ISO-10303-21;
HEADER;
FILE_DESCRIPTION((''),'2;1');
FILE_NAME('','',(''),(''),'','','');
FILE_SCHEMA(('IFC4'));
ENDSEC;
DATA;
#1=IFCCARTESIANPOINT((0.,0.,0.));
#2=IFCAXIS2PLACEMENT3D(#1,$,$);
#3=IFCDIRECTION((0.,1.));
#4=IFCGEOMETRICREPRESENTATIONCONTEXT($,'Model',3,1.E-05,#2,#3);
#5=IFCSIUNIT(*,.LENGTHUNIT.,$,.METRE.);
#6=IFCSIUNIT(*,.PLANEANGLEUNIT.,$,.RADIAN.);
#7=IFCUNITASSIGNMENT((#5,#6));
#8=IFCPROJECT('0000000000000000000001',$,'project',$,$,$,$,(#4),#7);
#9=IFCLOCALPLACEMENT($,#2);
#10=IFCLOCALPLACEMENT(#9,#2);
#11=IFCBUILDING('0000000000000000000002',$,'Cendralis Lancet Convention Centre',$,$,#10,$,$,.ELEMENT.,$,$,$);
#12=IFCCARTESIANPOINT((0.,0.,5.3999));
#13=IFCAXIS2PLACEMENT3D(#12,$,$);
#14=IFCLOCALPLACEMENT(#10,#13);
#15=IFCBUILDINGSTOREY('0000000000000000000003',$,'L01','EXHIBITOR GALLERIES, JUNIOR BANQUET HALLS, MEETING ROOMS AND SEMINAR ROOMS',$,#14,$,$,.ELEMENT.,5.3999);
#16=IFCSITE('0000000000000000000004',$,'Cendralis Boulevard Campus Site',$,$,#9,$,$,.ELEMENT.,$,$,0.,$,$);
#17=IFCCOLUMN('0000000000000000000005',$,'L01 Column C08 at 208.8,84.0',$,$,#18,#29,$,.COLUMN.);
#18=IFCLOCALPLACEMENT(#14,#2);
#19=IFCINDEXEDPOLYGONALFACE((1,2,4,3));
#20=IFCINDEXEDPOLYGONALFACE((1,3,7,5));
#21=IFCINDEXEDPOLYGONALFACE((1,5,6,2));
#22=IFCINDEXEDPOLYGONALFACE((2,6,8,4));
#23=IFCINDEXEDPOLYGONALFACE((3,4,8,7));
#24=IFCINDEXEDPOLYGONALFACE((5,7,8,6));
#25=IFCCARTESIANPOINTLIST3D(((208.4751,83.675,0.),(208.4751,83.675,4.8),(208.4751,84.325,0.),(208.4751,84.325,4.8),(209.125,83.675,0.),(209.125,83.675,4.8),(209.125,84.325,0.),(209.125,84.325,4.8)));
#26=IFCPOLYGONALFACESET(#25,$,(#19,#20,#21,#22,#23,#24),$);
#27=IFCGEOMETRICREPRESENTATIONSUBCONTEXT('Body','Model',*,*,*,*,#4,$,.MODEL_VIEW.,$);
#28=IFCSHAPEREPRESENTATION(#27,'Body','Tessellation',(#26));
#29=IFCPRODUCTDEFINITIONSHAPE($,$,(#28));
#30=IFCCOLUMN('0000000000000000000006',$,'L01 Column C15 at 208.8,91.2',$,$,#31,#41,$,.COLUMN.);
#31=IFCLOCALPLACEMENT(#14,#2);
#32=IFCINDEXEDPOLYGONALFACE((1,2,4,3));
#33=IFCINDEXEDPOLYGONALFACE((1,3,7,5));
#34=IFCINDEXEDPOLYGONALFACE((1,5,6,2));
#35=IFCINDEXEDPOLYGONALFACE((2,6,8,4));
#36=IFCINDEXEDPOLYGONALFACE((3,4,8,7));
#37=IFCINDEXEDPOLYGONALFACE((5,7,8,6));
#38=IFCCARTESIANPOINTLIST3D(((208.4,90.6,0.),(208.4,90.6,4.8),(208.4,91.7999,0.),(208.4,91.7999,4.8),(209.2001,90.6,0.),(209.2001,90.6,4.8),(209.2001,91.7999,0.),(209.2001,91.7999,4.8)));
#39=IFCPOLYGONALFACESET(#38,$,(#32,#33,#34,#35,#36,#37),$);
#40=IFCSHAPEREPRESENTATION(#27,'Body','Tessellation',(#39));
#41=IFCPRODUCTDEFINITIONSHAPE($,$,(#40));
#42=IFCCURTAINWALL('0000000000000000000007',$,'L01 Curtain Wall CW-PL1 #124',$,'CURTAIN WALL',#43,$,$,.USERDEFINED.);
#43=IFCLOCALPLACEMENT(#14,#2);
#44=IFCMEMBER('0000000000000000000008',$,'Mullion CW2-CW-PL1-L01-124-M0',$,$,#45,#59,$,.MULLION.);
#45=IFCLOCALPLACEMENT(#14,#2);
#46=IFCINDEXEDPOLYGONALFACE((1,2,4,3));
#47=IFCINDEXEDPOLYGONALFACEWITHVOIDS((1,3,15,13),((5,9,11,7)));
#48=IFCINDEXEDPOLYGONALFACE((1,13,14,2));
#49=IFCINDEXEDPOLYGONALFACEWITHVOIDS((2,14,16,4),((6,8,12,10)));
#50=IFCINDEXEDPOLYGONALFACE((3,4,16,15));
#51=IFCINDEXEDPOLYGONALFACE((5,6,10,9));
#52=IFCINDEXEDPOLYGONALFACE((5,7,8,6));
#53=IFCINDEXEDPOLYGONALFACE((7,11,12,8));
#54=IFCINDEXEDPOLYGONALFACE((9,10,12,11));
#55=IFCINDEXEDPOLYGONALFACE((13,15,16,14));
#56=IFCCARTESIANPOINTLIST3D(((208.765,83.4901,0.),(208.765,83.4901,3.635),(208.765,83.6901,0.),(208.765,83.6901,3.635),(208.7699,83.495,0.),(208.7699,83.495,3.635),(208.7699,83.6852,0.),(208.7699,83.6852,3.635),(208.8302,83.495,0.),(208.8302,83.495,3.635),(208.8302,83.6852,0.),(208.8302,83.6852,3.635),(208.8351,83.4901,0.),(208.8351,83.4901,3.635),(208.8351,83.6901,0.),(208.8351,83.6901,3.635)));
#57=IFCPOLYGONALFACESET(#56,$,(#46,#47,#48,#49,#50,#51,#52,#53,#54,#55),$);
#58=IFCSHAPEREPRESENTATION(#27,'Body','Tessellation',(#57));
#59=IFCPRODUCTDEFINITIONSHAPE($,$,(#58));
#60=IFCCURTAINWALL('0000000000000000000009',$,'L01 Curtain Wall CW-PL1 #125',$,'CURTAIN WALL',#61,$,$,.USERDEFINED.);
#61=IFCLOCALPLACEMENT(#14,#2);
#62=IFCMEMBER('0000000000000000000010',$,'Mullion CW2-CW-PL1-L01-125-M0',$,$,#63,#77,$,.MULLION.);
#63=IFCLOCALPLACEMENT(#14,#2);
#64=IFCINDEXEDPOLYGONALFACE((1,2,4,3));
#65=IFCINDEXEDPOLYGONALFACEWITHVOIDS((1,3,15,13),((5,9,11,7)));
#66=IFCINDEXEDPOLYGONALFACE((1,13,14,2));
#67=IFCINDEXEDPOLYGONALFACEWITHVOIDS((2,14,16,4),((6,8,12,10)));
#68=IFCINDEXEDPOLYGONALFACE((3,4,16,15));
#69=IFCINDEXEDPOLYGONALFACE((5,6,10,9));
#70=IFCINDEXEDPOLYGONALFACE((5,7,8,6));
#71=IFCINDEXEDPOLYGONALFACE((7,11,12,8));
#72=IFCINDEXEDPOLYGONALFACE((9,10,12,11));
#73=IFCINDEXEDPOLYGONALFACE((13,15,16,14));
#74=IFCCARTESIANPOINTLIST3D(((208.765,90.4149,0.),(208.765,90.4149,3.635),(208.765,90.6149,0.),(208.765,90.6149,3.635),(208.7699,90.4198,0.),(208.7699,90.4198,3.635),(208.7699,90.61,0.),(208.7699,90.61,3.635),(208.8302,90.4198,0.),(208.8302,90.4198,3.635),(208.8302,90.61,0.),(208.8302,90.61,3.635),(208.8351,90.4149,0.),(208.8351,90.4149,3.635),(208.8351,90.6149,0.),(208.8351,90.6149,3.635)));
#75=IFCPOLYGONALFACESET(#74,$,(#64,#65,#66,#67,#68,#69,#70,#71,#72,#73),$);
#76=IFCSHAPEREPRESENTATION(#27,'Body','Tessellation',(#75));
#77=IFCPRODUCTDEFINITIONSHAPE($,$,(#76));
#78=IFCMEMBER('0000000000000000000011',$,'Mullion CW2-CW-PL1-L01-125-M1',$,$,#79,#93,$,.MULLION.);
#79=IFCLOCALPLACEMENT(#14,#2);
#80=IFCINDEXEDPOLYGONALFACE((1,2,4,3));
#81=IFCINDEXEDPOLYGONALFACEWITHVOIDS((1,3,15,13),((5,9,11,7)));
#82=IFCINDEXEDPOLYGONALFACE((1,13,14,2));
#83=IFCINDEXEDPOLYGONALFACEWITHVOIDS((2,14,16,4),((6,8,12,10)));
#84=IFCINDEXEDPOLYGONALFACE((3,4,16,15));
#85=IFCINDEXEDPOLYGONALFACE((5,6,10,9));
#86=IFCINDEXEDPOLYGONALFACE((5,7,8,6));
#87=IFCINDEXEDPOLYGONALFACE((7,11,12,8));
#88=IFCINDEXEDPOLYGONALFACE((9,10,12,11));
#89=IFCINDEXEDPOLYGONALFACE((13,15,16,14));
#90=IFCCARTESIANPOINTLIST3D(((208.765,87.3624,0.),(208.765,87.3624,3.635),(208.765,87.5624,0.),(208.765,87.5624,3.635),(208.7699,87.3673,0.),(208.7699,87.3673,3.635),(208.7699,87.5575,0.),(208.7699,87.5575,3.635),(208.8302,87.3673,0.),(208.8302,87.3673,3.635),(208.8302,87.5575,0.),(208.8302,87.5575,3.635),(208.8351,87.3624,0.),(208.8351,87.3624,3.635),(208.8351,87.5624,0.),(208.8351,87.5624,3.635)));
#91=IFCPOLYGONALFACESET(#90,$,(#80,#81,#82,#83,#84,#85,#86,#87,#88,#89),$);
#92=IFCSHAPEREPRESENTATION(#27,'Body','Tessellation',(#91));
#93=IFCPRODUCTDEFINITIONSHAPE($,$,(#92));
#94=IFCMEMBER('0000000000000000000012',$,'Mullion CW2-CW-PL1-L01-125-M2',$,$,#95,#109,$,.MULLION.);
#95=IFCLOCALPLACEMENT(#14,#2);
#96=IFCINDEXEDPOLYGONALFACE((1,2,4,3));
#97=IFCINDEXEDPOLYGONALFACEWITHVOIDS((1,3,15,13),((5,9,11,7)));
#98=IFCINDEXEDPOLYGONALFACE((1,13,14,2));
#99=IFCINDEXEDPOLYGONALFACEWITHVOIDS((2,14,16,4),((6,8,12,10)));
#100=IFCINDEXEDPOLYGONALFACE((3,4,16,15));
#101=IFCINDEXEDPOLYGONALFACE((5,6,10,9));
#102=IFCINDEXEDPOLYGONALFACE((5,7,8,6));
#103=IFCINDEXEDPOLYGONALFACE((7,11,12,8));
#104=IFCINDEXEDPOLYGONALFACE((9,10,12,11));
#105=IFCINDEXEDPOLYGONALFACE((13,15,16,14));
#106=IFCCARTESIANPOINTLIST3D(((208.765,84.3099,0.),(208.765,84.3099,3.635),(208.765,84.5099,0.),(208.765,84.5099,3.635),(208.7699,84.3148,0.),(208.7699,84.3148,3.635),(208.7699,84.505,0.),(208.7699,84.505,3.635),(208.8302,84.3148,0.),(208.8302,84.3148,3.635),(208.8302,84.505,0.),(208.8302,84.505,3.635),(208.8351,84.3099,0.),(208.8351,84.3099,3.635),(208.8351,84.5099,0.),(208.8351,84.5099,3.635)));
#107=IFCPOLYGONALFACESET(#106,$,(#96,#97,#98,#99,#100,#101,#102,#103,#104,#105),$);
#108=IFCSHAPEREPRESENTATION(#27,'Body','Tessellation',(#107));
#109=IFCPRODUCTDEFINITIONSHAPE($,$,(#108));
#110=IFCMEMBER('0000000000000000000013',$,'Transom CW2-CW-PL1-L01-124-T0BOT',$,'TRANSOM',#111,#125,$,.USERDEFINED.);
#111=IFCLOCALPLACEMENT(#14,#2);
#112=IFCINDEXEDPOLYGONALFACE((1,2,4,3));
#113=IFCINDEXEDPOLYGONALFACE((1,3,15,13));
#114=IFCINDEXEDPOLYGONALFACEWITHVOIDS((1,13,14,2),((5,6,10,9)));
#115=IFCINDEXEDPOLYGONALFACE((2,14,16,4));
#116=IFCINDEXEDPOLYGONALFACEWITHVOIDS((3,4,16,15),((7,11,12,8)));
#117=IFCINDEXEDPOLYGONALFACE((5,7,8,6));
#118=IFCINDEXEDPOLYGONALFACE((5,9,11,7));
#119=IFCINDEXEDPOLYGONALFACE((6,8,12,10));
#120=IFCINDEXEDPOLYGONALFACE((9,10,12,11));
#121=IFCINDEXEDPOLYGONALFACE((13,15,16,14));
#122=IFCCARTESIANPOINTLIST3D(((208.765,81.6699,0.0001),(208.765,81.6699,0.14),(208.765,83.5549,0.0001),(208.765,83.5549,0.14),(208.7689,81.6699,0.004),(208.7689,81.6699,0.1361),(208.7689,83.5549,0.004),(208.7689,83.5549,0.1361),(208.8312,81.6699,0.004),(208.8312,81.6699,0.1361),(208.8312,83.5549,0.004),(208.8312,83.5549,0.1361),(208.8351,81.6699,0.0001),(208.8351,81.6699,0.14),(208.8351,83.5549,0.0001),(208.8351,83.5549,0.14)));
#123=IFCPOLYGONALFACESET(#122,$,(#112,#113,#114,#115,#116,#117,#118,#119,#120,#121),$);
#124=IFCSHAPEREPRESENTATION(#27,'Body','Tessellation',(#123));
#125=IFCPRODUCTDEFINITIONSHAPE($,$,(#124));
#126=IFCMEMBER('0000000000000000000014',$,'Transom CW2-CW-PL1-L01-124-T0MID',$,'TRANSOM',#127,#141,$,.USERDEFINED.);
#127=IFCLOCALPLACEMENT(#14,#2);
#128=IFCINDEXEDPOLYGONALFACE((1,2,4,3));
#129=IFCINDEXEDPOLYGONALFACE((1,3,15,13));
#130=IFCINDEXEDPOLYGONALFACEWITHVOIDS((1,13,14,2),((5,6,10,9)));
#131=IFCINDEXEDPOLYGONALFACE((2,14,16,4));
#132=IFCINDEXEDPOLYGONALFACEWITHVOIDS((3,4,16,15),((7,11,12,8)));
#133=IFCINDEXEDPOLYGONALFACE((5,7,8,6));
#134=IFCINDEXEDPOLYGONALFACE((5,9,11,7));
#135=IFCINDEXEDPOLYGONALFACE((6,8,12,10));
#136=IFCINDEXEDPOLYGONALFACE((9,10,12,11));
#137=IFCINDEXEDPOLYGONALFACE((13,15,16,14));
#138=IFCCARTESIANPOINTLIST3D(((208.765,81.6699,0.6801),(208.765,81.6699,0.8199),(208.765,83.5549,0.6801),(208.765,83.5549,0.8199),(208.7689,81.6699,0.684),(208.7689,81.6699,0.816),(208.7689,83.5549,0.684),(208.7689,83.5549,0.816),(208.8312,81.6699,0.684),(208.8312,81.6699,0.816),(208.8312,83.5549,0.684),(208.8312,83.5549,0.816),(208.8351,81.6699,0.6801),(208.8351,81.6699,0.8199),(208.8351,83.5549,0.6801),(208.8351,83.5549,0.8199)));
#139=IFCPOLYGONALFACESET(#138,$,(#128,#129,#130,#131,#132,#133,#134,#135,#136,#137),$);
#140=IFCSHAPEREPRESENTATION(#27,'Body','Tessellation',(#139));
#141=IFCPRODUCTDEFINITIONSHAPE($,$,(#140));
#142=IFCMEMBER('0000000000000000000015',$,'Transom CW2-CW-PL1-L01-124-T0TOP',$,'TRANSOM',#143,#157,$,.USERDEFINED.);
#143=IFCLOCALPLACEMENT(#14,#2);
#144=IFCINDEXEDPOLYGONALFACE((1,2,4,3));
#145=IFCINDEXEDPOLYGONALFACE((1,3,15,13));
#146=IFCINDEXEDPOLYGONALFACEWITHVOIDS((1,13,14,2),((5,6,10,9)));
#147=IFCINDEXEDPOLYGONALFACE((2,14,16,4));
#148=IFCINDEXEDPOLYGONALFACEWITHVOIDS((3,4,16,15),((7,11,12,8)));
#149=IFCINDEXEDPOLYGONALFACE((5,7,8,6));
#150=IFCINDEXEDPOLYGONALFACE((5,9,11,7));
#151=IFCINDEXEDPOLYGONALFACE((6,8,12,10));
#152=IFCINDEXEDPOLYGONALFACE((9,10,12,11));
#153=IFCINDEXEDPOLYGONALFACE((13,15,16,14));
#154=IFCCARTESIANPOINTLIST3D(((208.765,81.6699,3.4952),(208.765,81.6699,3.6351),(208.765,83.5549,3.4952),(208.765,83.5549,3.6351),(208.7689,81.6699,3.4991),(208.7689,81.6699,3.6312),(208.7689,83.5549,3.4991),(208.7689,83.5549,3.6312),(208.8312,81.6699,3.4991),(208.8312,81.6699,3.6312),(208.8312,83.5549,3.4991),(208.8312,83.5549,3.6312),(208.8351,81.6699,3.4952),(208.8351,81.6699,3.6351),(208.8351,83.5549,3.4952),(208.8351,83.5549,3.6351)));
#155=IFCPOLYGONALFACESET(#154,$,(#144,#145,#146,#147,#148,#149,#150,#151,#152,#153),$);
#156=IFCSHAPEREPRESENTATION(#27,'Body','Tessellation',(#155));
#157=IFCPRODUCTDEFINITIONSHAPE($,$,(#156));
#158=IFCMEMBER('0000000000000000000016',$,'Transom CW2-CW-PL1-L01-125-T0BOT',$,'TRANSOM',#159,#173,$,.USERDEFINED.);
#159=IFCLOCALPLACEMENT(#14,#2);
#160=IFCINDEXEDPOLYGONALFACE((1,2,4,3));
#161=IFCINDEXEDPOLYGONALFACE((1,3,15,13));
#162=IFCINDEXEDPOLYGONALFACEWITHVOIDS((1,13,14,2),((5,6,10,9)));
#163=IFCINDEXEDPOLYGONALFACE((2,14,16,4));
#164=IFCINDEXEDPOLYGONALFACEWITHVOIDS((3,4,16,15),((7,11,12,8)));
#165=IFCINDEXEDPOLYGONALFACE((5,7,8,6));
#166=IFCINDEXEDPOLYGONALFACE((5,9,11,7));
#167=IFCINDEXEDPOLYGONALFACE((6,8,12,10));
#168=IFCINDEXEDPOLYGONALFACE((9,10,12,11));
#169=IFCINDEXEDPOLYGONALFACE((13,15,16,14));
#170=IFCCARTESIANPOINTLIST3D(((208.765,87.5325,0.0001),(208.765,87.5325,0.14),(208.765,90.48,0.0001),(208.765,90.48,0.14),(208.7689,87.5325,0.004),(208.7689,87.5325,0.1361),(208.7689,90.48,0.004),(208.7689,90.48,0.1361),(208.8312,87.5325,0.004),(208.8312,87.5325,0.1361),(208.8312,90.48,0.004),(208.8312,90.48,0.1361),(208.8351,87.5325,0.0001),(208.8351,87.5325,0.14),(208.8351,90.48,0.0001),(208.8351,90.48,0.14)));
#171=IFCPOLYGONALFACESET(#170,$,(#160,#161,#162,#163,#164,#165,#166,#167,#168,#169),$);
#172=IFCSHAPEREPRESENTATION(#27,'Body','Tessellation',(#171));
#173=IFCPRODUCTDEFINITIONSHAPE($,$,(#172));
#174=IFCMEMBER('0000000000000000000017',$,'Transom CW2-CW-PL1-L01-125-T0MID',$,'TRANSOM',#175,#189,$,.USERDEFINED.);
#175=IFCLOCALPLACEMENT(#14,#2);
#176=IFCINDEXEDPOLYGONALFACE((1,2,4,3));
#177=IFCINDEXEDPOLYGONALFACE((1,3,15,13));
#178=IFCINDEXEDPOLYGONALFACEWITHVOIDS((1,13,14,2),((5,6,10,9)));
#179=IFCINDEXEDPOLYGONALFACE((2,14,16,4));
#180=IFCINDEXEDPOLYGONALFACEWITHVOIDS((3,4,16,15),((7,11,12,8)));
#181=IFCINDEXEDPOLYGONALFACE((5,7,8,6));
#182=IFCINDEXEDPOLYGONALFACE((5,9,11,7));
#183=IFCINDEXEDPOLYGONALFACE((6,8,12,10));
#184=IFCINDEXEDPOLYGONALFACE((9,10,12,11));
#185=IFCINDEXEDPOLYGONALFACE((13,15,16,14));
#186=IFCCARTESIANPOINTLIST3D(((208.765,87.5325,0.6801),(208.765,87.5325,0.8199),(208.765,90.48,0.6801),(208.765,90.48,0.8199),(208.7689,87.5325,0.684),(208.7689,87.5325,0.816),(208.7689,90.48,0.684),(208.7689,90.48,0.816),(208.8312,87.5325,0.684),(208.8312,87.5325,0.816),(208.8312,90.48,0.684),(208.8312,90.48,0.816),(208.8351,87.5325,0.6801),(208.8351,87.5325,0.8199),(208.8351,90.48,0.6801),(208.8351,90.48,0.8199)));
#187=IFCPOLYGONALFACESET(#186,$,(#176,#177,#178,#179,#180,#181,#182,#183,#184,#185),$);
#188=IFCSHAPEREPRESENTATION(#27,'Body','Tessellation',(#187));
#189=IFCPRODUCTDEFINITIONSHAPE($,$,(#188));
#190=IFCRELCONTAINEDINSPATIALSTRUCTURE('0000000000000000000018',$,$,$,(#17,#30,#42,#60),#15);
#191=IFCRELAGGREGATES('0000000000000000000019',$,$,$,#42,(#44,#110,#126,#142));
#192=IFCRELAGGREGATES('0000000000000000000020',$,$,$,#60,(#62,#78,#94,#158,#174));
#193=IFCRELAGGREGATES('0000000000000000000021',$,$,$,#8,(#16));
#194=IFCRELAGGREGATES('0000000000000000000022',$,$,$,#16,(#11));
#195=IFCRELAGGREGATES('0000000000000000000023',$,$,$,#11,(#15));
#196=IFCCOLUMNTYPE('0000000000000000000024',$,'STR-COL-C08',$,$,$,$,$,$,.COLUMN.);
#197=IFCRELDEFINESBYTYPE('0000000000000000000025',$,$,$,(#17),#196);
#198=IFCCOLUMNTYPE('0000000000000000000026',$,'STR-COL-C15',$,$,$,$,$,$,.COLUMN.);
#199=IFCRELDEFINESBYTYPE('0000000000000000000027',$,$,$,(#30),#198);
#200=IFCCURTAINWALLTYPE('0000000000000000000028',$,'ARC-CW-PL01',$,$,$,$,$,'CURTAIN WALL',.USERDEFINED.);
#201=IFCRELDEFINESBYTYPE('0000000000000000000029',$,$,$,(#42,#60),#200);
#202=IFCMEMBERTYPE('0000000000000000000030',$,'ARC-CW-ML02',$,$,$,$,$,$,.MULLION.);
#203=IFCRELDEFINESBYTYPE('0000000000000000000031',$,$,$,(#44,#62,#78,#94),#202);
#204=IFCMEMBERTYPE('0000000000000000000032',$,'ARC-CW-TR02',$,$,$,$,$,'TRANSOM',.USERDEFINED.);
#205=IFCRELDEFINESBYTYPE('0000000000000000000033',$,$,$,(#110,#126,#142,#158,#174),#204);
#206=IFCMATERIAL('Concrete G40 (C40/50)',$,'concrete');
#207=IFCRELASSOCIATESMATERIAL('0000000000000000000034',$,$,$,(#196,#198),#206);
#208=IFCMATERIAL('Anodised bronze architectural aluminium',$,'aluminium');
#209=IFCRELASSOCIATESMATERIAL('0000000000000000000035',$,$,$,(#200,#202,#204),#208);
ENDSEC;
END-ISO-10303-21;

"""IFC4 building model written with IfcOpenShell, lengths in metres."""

from ifc_helpers import new_model, si_unit, direction, frame, origin, origin_2d, place, context, subcontext, project, spatial, rectangle, hollow_rectangle, extrude, material, material_profile, profile_set, type_object, element, aggregate, save


model = new_model("IFC4")

# Units and contexts
model_context = context("Model", 3, precision=1e-05, world=origin(), true_north=direction((0.0, 1.0)))
body_context = subcontext(model_context, "Body", "Model", "MODEL_VIEW")
ifc_project = project(units=[si_unit("LENGTHUNIT", "METRE"), si_unit("PLANEANGLEUNIT", "RADIAN")], contexts=[model_context])

# Site, building, storey
site_placement = place(None, origin())
site = spatial("IfcSite", under=ifc_project, at=site_placement, Name="Cendralis Boulevard Campus Site", CompositionType="ELEMENT", RefElevation=0.0)
building_placement = place(site_placement, origin())
building = spatial("IfcBuilding", under=site, at=building_placement, Name="Cendralis Lancet Convention Centre", CompositionType="ELEMENT")
storey_placement = place(building_placement, frame((0.0, 0.0, 5.3999)))
storey = spatial("IfcBuildingStorey", under=building, at=storey_placement, Name="L01", Description="EXHIBITOR GALLERIES, JUNIOR BANQUET HALLS, MEETING ROOMS AND SEMINAR ROOMS", CompositionType="ELEMENT", Elevation=5.3999)

# Columns
ifc_material_1 = material(Name="Concrete G40 (C40/50)", Category="concrete")
ifc_material_profile_1 = material_profile(ifc_material_1, rectangle(XDim=0.6499, YDim=0.6499, at=origin_2d()), Name="RC 650x650")
ifc_profile_set_1 = profile_set([ifc_material_profile_1], Name="Concrete G40 (C40/50)")
column_type_1 = type_object("IfcColumnType", Name="STR-COL-C08", PredefinedType="COLUMN", material=ifc_profile_set_1)
column_1_placement = place(storey_placement, frame((208.8, 84.0, 0.0), z_axis=(0.0, 0.0, 1.0), x_axis=(1.0, 0.0, 0.0)))
element("IfcColumn", 1, at=column_1_placement, inside=storey, type_object=column_type_1, Name="L01 Column C08 at 208.8,84.0", PredefinedType="COLUMN", context=body_context, shape_type="SweptSolid", body=[
    extrude(rectangle(XDim=0.6499, YDim=0.6499, at=origin_2d()), origin(), (0.0, 0.0, 1.0), 4.8),
])
ifc_material_profile_2 = material_profile(ifc_material_1, rectangle(XDim=0.8, YDim=1.2, at=origin_2d()), Name="RC 800x1200")
ifc_profile_set_2 = profile_set([ifc_material_profile_2], Name="Concrete G40 (C40/50)")
column_type_2 = type_object("IfcColumnType", Name="STR-COL-C15", PredefinedType="COLUMN", material=ifc_profile_set_2)
column_2_placement = place(storey_placement, frame((208.8, 91.2, 0.0), z_axis=(0.0, 0.0, 1.0), x_axis=(1.0, 0.0, 0.0)))
element("IfcColumn", 2, at=column_2_placement, inside=storey, type_object=column_type_2, Name="L01 Column C15 at 208.8,91.2", PredefinedType="COLUMN", context=body_context, shape_type="SweptSolid", body=[
    extrude(rectangle(XDim=0.8, YDim=1.2, at=origin_2d()), origin(), (0.0, 0.0, 1.0), 4.8),
])

# Curtain wall, member
ifc_material_2 = material(Name="Anodised bronze architectural aluminium", Category="aluminium")
curtain_wall_type = type_object("IfcCurtainWallType", Name="ARC-CW-PL01", ElementType="CURTAIN WALL", PredefinedType="USERDEFINED", material=ifc_material_2)
curtain_wall_1_placement = place(storey_placement, origin())
curtain_wall_1 = element("IfcCurtainWall", 3, at=curtain_wall_1_placement, inside=storey, type_object=curtain_wall_type, Name="L01 Curtain Wall CW-PL1 #124", ObjectType="CURTAIN WALL", PredefinedType="USERDEFINED")
ifc_material_profile_3 = material_profile(ifc_material_2, hollow_rectangle(XDim=0.0701, YDim=0.2, WallThickness=0.0049, at=origin_2d()), Name="AL-MULL 70x200x5.0")
ifc_profile_set_3 = profile_set([ifc_material_profile_3], Name="Anodised bronze architectural aluminium")
member_type_1 = type_object("IfcMemberType", Name="ARC-CW-ML02", PredefinedType="MULLION", material=ifc_profile_set_3)
member_1_placement = place(storey_placement, frame((208.8, 83.5901, 0.0), z_axis=(0.0, 0.0, 1.0), x_axis=(1.0, 0.0, 0.0)))
member_1 = element("IfcMember", 4, at=member_1_placement, type_object=member_type_1, Name="Mullion CW2-CW-PL1-L01-124-M0", PredefinedType="MULLION", context=body_context, shape_type="SweptSolid", body=[
    extrude(hollow_rectangle(XDim=0.0701, YDim=0.2, WallThickness=0.0049, at=origin_2d()), origin(), (0.0, 0.0, 1.0), 3.635),
])

# Curtain wall, members
curtain_wall_2_placement = place(storey_placement, origin())
curtain_wall_2 = element("IfcCurtainWall", 5, at=curtain_wall_2_placement, inside=storey, type_object=curtain_wall_type, Name="L01 Curtain Wall CW-PL1 #125", ObjectType="CURTAIN WALL", PredefinedType="USERDEFINED")
member_2_placement = place(storey_placement, frame((208.8, 90.5149, 0.0), z_axis=(0.0, 0.0, 1.0), x_axis=(1.0, 0.0, 0.0)))
member_2 = element("IfcMember", 6, at=member_2_placement, type_object=member_type_1, Name="Mullion CW2-CW-PL1-L01-125-M0", PredefinedType="MULLION", context=body_context, shape_type="SweptSolid", body=[
    extrude(hollow_rectangle(XDim=0.0701, YDim=0.2, WallThickness=0.0049, at=origin_2d()), origin(), (0.0, 0.0, 1.0), 3.635),
])
member_3_placement = place(storey_placement, frame((208.8, 87.4624, 0.0), z_axis=(0.0, 0.0, 1.0), x_axis=(1.0, 0.0, 0.0)))
member_3 = element("IfcMember", 7, at=member_3_placement, type_object=member_type_1, Name="Mullion CW2-CW-PL1-L01-125-M1", PredefinedType="MULLION", context=body_context, shape_type="SweptSolid", body=[
    extrude(hollow_rectangle(XDim=0.0701, YDim=0.2, WallThickness=0.0049, at=origin_2d()), origin(), (0.0, 0.0, 1.0), 3.635),
])
member_4_placement = place(storey_placement, frame((208.8, 84.4099, 0.0), z_axis=(0.0, 0.0, 1.0), x_axis=(1.0, 0.0, 0.0)))
member_4 = element("IfcMember", 8, at=member_4_placement, type_object=member_type_1, Name="Mullion CW2-CW-PL1-L01-125-M2", PredefinedType="MULLION", context=body_context, shape_type="SweptSolid", body=[
    extrude(hollow_rectangle(XDim=0.0701, YDim=0.2, WallThickness=0.0049, at=origin_2d()), origin(), (0.0, 0.0, 1.0), 3.635),
])

# Members
ifc_material_profile_4 = material_profile(ifc_material_2, hollow_rectangle(XDim=0.0701, YDim=0.1399, WallThickness=0.0039, at=origin_2d()), Name="AL-TRAN 70x140x4.0")
ifc_profile_set_4 = profile_set([ifc_material_profile_4], Name="Anodised bronze architectural aluminium")
member_type_2 = type_object("IfcMemberType", Name="ARC-CW-TR02", ElementType="TRANSOM", PredefinedType="USERDEFINED", material=ifc_profile_set_4)
member_5_placement = place(storey_placement, frame((208.8, 83.5549, 0.0701), z_axis=(0.0, -1.0, 0.0), x_axis=(1.0, 0.0, 0.0)))
member_5 = element("IfcMember", 9, at=member_5_placement, type_object=member_type_2, Name="Transom CW2-CW-PL1-L01-124-T0BOT", ObjectType="TRANSOM", PredefinedType="USERDEFINED", context=body_context, shape_type="SweptSolid", body=[
    extrude(hollow_rectangle(XDim=0.0701, YDim=0.1399, WallThickness=0.0039, at=origin_2d()), origin(), (0.0, 0.0, 1.0), 1.885),
])
member_6_placement = place(storey_placement, frame((208.8, 83.5549, 0.75), z_axis=(0.0, -1.0, 0.0), x_axis=(1.0, 0.0, 0.0)))
member_6 = element("IfcMember", 10, at=member_6_placement, type_object=member_type_2, Name="Transom CW2-CW-PL1-L01-124-T0MID", ObjectType="TRANSOM", PredefinedType="USERDEFINED", context=body_context, shape_type="SweptSolid", body=[
    extrude(hollow_rectangle(XDim=0.0701, YDim=0.1399, WallThickness=0.0039, at=origin_2d()), origin(), (0.0, 0.0, 1.0), 1.885),
])
member_7_placement = place(storey_placement, frame((208.8, 83.5549, 3.5652), z_axis=(0.0, -1.0, 0.0), x_axis=(1.0, 0.0, 0.0)))
member_7 = element("IfcMember", 11, at=member_7_placement, type_object=member_type_2, Name="Transom CW2-CW-PL1-L01-124-T0TOP", ObjectType="TRANSOM", PredefinedType="USERDEFINED", context=body_context, shape_type="SweptSolid", body=[
    extrude(hollow_rectangle(XDim=0.0701, YDim=0.1399, WallThickness=0.0039, at=origin_2d()), origin(), (0.0, 0.0, 1.0), 1.885),
])
member_8_placement = place(storey_placement, frame((208.8, 90.48, 0.0701), z_axis=(0.0, -1.0, 0.0), x_axis=(1.0, 0.0, 0.0)))
member_8 = element("IfcMember", 12, at=member_8_placement, type_object=member_type_2, Name="Transom CW2-CW-PL1-L01-125-T0BOT", ObjectType="TRANSOM", PredefinedType="USERDEFINED", context=body_context, shape_type="SweptSolid", body=[
    extrude(hollow_rectangle(XDim=0.0701, YDim=0.1399, WallThickness=0.0039, at=origin_2d()), origin(), (0.0, 0.0, 1.0), 2.9475),
])
member_9_placement = place(storey_placement, frame((208.8, 90.48, 0.75), z_axis=(0.0, -1.0, 0.0), x_axis=(1.0, 0.0, 0.0)))
member_9 = element("IfcMember", 13, at=member_9_placement, type_object=member_type_2, Name="Transom CW2-CW-PL1-L01-125-T0MID", ObjectType="TRANSOM", PredefinedType="USERDEFINED", context=body_context, shape_type="SweptSolid", body=[
    extrude(hollow_rectangle(XDim=0.0701, YDim=0.1399, WallThickness=0.0039, at=origin_2d()), origin(), (0.0, 0.0, 1.0), 2.9475),
])

aggregate(curtain_wall_1, [member_1, member_5, member_6, member_7])
aggregate(curtain_wall_2, [member_2, member_3, member_4, member_8, member_9])

save(model, "model.ifc")
